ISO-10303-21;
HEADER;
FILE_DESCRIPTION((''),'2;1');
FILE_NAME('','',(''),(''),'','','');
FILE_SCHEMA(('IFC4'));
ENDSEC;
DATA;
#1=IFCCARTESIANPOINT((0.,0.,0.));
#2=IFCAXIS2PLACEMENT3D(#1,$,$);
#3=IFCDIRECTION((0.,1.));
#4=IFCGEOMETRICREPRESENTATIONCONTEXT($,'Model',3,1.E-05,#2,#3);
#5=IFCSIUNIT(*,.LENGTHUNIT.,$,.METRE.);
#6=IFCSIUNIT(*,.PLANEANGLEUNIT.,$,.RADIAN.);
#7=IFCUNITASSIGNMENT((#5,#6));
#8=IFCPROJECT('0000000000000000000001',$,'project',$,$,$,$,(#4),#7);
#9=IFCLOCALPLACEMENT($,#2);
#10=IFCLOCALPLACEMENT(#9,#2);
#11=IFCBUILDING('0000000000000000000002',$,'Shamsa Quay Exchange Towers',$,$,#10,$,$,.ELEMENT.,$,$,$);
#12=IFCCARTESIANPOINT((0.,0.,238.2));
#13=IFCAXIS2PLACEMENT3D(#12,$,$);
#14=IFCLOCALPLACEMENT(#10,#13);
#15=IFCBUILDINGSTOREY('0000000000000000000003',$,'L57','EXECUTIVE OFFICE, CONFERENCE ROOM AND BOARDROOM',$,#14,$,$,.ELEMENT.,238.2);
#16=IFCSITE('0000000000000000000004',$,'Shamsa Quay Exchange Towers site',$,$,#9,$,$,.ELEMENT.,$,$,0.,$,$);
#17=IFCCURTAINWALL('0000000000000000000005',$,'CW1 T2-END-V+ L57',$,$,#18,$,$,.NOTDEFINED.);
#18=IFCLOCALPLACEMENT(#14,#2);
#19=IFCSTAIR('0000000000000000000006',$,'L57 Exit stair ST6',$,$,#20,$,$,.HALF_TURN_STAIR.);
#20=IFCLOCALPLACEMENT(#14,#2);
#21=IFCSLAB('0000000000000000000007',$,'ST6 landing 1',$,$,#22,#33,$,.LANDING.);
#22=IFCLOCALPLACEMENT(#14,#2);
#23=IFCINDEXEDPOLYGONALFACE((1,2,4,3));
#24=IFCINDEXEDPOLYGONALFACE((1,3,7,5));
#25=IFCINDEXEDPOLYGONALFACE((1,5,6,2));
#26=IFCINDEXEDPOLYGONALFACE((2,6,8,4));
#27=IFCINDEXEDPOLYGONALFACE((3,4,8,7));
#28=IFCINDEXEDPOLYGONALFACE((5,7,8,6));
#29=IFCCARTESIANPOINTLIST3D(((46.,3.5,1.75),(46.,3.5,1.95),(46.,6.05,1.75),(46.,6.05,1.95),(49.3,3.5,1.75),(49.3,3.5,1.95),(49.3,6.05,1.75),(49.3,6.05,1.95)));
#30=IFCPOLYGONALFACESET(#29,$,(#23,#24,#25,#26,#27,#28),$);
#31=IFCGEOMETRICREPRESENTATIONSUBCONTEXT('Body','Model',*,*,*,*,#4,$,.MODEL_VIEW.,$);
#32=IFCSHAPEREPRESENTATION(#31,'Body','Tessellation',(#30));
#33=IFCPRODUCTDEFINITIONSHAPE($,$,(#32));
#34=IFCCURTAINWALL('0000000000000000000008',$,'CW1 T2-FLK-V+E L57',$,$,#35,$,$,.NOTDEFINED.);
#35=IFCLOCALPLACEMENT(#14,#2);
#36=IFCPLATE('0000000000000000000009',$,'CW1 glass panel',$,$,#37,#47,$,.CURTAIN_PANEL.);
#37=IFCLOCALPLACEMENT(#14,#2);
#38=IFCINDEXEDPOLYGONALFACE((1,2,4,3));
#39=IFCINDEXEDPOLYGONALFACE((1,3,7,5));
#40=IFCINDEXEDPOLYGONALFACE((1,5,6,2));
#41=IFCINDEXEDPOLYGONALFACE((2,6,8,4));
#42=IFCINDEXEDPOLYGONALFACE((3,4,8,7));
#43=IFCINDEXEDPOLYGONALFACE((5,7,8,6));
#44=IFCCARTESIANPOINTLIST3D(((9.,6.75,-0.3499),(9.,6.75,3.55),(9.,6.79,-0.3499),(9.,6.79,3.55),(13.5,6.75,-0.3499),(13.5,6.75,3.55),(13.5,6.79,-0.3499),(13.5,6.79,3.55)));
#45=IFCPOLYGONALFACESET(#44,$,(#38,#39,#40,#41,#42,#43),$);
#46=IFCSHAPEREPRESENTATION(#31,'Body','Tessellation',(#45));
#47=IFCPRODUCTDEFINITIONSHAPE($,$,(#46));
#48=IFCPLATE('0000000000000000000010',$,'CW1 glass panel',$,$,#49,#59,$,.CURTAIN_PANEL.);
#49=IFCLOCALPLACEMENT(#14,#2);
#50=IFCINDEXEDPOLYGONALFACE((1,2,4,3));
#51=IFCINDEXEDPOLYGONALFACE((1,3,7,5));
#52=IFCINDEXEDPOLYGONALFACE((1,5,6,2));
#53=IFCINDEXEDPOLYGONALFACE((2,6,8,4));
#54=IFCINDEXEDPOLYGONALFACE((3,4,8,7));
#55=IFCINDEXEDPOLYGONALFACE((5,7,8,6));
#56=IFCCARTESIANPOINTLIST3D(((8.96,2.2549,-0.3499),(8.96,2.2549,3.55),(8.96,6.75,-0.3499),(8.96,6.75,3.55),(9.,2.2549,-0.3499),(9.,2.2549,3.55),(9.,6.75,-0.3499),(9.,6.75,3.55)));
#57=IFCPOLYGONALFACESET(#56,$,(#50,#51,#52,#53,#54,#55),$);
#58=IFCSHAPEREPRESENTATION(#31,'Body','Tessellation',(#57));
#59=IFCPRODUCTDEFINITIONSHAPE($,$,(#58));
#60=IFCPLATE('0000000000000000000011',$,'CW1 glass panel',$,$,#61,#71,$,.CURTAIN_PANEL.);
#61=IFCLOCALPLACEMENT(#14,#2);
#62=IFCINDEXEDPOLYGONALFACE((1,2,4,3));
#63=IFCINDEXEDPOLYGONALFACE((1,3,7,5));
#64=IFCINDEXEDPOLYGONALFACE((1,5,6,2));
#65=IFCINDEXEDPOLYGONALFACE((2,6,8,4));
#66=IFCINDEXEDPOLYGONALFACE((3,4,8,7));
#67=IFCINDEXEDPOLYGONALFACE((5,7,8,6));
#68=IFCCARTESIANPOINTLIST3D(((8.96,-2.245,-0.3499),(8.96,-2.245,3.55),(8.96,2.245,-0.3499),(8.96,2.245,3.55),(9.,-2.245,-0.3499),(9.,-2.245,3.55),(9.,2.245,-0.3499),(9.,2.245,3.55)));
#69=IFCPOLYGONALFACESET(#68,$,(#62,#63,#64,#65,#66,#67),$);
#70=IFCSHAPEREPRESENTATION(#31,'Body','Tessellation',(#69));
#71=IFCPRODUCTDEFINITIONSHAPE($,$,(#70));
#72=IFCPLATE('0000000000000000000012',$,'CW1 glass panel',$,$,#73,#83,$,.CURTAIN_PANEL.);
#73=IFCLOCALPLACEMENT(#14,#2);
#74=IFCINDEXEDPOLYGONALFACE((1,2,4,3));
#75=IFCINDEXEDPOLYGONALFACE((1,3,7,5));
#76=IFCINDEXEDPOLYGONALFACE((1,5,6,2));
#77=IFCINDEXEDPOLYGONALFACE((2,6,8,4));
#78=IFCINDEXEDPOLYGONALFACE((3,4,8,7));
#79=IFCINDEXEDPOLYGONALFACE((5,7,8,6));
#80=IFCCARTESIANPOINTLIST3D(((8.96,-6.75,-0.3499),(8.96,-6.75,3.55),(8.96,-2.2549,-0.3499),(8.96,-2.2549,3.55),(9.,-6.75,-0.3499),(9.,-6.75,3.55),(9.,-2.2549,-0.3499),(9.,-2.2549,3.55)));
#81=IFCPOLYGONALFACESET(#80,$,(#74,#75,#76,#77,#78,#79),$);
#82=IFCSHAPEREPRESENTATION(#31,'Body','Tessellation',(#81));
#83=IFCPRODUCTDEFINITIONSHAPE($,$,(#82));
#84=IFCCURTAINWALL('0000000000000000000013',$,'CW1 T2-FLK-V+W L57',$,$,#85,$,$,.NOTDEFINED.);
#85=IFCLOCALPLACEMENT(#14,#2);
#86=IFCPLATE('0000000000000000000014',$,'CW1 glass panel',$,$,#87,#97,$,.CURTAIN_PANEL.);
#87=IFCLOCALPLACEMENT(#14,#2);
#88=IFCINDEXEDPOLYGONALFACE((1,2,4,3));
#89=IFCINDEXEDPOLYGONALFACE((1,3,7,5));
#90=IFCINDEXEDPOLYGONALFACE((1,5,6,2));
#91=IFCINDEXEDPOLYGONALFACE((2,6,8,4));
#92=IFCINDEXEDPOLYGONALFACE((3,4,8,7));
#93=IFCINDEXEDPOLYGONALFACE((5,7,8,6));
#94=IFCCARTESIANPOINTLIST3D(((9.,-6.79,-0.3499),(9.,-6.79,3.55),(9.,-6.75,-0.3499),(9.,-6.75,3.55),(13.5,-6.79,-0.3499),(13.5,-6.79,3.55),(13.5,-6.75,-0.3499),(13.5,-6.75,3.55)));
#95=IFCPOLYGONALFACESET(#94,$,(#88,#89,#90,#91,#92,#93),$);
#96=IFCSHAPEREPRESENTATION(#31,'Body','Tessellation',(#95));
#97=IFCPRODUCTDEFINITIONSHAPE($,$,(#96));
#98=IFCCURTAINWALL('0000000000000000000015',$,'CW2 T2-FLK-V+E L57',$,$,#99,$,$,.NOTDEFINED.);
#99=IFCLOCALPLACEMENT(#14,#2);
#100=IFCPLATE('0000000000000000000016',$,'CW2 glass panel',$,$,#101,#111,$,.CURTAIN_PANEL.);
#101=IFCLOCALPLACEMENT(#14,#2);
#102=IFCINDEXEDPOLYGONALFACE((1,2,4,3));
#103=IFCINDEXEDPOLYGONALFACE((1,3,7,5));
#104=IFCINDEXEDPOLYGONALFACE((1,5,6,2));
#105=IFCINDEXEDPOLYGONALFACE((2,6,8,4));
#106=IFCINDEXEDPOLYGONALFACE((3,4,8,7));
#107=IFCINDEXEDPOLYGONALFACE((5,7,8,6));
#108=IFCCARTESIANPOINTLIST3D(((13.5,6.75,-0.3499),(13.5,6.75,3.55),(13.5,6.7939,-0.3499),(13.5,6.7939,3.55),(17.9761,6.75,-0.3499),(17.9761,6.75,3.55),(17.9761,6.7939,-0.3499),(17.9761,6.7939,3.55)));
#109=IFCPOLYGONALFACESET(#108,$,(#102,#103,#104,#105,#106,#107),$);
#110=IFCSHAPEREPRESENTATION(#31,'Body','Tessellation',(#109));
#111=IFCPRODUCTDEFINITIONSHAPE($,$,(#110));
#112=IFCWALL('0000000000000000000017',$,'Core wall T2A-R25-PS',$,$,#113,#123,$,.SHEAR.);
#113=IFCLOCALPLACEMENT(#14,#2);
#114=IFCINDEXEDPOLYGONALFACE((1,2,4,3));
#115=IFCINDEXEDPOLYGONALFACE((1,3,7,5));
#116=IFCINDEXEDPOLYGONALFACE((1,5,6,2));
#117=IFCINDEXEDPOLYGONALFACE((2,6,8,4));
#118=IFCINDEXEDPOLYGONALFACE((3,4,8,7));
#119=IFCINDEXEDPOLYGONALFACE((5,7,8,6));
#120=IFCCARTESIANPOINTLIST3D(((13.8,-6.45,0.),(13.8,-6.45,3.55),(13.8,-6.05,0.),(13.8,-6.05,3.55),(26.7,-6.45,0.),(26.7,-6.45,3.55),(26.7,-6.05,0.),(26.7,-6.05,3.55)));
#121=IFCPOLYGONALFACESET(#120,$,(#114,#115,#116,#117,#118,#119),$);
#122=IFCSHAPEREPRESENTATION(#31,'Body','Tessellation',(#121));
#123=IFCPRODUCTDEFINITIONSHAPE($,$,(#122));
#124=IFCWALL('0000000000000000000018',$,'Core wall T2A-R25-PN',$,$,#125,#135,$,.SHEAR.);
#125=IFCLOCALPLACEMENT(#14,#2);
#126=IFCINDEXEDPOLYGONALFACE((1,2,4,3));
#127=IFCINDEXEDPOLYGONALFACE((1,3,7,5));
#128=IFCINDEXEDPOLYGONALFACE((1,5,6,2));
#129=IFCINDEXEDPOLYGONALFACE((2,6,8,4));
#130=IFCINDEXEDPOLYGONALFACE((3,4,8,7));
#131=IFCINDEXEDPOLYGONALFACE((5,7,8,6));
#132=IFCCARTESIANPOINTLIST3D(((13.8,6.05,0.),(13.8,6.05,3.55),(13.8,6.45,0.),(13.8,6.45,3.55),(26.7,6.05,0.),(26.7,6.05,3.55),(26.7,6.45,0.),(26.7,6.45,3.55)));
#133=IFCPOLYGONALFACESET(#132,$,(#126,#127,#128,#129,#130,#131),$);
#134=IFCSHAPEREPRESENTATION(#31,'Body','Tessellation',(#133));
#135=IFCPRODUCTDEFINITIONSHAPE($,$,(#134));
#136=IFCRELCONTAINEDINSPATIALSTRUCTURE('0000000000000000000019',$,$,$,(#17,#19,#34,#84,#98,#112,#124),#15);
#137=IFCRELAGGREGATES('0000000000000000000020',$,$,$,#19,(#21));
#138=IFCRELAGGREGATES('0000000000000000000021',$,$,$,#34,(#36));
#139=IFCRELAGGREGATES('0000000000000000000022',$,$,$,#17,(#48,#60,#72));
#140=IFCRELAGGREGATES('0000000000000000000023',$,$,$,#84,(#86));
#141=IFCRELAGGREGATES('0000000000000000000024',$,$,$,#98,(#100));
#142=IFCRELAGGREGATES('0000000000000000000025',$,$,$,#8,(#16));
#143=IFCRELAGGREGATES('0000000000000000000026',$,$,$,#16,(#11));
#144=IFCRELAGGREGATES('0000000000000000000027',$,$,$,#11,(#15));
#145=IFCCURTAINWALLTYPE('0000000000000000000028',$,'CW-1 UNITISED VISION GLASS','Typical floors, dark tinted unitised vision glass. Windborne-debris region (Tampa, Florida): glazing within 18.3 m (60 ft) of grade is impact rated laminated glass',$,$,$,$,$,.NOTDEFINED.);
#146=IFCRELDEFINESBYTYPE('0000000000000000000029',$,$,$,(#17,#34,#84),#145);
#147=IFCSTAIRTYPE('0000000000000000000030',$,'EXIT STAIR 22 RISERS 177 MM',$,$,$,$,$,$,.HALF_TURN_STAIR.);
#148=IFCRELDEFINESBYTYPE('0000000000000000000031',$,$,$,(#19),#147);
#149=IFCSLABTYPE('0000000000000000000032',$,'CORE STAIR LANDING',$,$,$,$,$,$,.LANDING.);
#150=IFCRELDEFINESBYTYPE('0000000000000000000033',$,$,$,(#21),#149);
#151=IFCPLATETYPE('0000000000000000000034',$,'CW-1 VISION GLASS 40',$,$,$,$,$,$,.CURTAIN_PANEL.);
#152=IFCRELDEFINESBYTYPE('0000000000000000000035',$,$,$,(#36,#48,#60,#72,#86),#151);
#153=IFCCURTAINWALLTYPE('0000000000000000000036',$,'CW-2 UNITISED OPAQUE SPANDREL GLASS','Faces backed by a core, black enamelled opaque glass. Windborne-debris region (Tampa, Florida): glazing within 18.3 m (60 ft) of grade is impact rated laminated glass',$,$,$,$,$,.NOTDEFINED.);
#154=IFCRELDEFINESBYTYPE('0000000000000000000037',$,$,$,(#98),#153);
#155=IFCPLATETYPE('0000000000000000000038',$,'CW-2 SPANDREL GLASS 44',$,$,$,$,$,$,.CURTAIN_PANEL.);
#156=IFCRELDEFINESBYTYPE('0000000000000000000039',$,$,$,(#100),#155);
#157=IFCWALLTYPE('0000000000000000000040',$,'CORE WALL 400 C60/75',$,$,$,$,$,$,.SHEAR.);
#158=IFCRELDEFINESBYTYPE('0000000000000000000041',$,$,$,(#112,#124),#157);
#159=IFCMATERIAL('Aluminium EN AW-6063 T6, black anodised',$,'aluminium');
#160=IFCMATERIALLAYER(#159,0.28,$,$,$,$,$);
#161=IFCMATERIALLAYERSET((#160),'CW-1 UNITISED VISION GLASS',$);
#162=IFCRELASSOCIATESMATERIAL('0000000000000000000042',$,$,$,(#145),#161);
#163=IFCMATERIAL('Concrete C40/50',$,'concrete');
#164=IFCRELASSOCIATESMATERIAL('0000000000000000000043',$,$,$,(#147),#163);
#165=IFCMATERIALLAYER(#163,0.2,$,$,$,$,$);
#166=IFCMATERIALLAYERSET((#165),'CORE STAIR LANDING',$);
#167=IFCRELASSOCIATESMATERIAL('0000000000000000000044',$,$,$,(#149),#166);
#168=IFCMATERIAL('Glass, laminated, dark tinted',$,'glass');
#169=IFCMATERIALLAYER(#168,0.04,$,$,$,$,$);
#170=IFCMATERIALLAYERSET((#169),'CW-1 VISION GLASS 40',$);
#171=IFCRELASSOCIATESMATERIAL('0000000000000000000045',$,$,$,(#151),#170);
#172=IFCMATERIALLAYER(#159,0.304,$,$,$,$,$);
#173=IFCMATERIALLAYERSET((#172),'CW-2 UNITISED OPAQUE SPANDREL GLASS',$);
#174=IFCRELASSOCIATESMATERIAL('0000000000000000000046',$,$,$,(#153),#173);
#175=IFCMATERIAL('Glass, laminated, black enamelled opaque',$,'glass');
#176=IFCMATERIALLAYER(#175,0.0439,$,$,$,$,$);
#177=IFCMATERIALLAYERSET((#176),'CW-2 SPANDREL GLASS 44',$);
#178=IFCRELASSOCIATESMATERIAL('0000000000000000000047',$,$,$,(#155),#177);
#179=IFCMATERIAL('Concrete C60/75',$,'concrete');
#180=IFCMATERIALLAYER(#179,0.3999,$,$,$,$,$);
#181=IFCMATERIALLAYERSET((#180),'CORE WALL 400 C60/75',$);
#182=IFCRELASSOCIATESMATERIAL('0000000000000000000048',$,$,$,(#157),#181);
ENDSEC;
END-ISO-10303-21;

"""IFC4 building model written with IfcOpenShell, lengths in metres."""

from ifc_helpers import new_model, si_unit, direction, frame, frame_2d, origin, origin_2d, place, context, subcontext, project, spatial, polyline, rectangle, outline, extrude, material, layer, layer_set, type_object, element, aggregate, save


model = new_model("IFC4")

# Units and contexts
model_context = context("Model", 3, precision=1e-05, world=origin(), true_north=direction((0.0, 1.0)))
body_context = subcontext(model_context, "Body", "Model", "MODEL_VIEW")
ifc_project = project(units=[si_unit("LENGTHUNIT", "METRE"), si_unit("PLANEANGLEUNIT", "RADIAN")], contexts=[model_context])

# Site, building, storey
site_placement = place(None, origin())
site = spatial("IfcSite", under=ifc_project, at=site_placement, Name="Shamsa Quay Exchange Towers site", CompositionType="ELEMENT", RefElevation=0.0)
building_placement = place(site_placement, origin())
building = spatial("IfcBuilding", under=site, at=building_placement, Name="Shamsa Quay Exchange Towers", CompositionType="ELEMENT")
storey_placement = place(building_placement, frame((0.0, 0.0, 238.2)))
storey = spatial("IfcBuildingStorey", under=building, at=storey_placement, Name="L57", Description="EXECUTIVE OFFICE, CONFERENCE ROOM AND BOARDROOM", CompositionType="ELEMENT", Elevation=238.2)

# Curtain wall
ifc_material_1 = material(Name="Aluminium EN AW-6063 T6, black anodised", Category="aluminium")
ifc_layer_1 = layer(ifc_material_1, 0.28)
ifc_layer_set_1 = layer_set([ifc_layer_1], Name="CW-1 UNITISED VISION GLASS")
curtain_wall_type_1 = type_object("IfcCurtainWallType", Name="CW-1 UNITISED VISION GLASS", Description="Typical floors, dark tinted unitised vision glass. Windborne-debris region (Tampa, Florida): glazing within 18.3 m (60 ft) of grade is impact rated laminated glass", PredefinedType="NOTDEFINED", material=ifc_layer_set_1)
curtain_wall_1_placement = place(storey_placement, origin())
curtain_wall_1 = element("IfcCurtainWall", 1, at=curtain_wall_1_placement, inside=storey, type_object=curtain_wall_type_1, Name="CW1 T2-END-V+ L57", PredefinedType="NOTDEFINED")

# Stair, slab
ifc_material_2 = material(Name="Concrete C40/50", Category="concrete")
stair_type = type_object("IfcStairType", Name="EXIT STAIR 22 RISERS 177 MM", PredefinedType="HALF_TURN_STAIR", material=ifc_material_2)
ifc_layer_2 = layer(ifc_material_2, 0.2)
ifc_layer_set_2 = layer_set([ifc_layer_2], Name="CORE STAIR LANDING")
slab_type_1 = type_object("IfcSlabType", Name="CORE STAIR LANDING", PredefinedType="LANDING", material=ifc_layer_set_2)
stair_1_placement = place(storey_placement, origin())
stair_1 = element("IfcStair", 2, at=stair_1_placement, inside=storey, type_object=stair_type, Name="L57 Exit stair ST6", PredefinedType="HALF_TURN_STAIR")
slab_1_placement = place(storey_placement, frame((0.0, 0.0, 1.75)))
slab_1 = element("IfcSlab", 3, at=slab_1_placement, type_object=slab_type_1, Name="ST6 landing 1", PredefinedType="LANDING", context=body_context, shape_type="SweptSolid", body=[
    extrude(outline(polyline([(49.3, 6.05), (46.0, 6.05), (46.0, 3.5), (49.3, 3.5), (49.3, 6.05)])), origin(), (0.0, 0.0, 1.0), 0.2),
])
aggregate(stair_1, [slab_1])

# Curtain wall, plate
curtain_wall_2_placement = place(storey_placement, origin())
curtain_wall_2 = element("IfcCurtainWall", 4, at=curtain_wall_2_placement, inside=storey, type_object=curtain_wall_type_1, Name="CW1 T2-FLK-V+E L57", PredefinedType="NOTDEFINED")
ifc_material_3 = material(Name="Glass, laminated, dark tinted", Category="glass")
ifc_layer_3 = layer(ifc_material_3, 0.04)
ifc_layer_set_3 = layer_set([ifc_layer_3], Name="CW-1 VISION GLASS 40")
plate_type_1 = type_object("IfcPlateType", Name="CW-1 VISION GLASS 40", PredefinedType="CURTAIN_PANEL", material=ifc_layer_set_3)
plate_1_placement = place(storey_placement, frame((11.25, 6.77, -0.3499), z_axis=(0.0, 0.0, 1.0), x_axis=(-1.0, 0.0, 0.0)))
plate_1 = element("IfcPlate", 5, at=plate_1_placement, type_object=plate_type_1, Name="CW1 glass panel", PredefinedType="CURTAIN_PANEL", context=body_context, shape_type="SweptSolid", body=[
    extrude(rectangle(XDim=4.5, YDim=0.04, at=origin_2d()), origin(), (0.0, 0.0, 1.0), 3.8999),
])
aggregate(curtain_wall_2, [plate_1])

# Plates
plate_2_placement = place(storey_placement, frame((8.98, 4.5024, -0.3499), z_axis=(0.0, 0.0, 1.0), x_axis=(0.0, -1.0, 0.0)))
plate_2 = element("IfcPlate", 6, at=plate_2_placement, type_object=plate_type_1, Name="CW1 glass panel", PredefinedType="CURTAIN_PANEL", context=body_context, shape_type="SweptSolid", body=[
    extrude(rectangle(XDim=4.4951, YDim=0.04, at=origin_2d()), origin(), (0.0, 0.0, 1.0), 3.8999),
])
plate_3_placement = place(storey_placement, frame((8.98, 0.0, -0.3499), z_axis=(0.0, 0.0, 1.0), x_axis=(0.0, -1.0, 0.0)))
plate_3 = element("IfcPlate", 7, at=plate_3_placement, type_object=plate_type_1, Name="CW1 glass panel", PredefinedType="CURTAIN_PANEL", context=body_context, shape_type="SweptSolid", body=[
    extrude(rectangle(XDim=4.49, YDim=0.04, at=origin_2d()), origin(), (0.0, 0.0, 1.0), 3.8999),
])
plate_4_placement = place(storey_placement, frame((8.98, -4.5024, -0.3499), z_axis=(0.0, 0.0, 1.0), x_axis=(0.0, -1.0, 0.0)))
plate_4 = element("IfcPlate", 8, at=plate_4_placement, type_object=plate_type_1, Name="CW1 glass panel", PredefinedType="CURTAIN_PANEL", context=body_context, shape_type="SweptSolid", body=[
    extrude(rectangle(XDim=4.4951, YDim=0.04, at=origin_2d()), origin(), (0.0, 0.0, 1.0), 3.8999),
])
aggregate(curtain_wall_1, [plate_2, plate_3, plate_4])

# Curtain walls, plates
curtain_wall_3_placement = place(storey_placement, origin())
curtain_wall_3 = element("IfcCurtainWall", 9, at=curtain_wall_3_placement, inside=storey, type_object=curtain_wall_type_1, Name="CW1 T2-FLK-V+W L57", PredefinedType="NOTDEFINED")
plate_5_placement = place(storey_placement, frame((11.25, -6.77, -0.3499)))
plate_5 = element("IfcPlate", 10, at=plate_5_placement, type_object=plate_type_1, Name="CW1 glass panel", PredefinedType="CURTAIN_PANEL", context=body_context, shape_type="SweptSolid", body=[
    extrude(rectangle(XDim=4.5, YDim=0.04, at=origin_2d()), origin(), (0.0, 0.0, 1.0), 3.8999),
])
aggregate(curtain_wall_3, [plate_5])
ifc_layer_4 = layer(ifc_material_1, 0.304)
ifc_layer_set_4 = layer_set([ifc_layer_4], Name="CW-2 UNITISED OPAQUE SPANDREL GLASS")
curtain_wall_type_2 = type_object("IfcCurtainWallType", Name="CW-2 UNITISED OPAQUE SPANDREL GLASS", Description="Faces backed by a core, black enamelled opaque glass. Windborne-debris region (Tampa, Florida): glazing within 18.3 m (60 ft) of grade is impact rated laminated glass", PredefinedType="NOTDEFINED", material=ifc_layer_set_4)
curtain_wall_4_placement = place(storey_placement, origin())
curtain_wall_4 = element("IfcCurtainWall", 11, at=curtain_wall_4_placement, inside=storey, type_object=curtain_wall_type_2, Name="CW2 T2-FLK-V+E L57", PredefinedType="NOTDEFINED")
ifc_material_4 = material(Name="Glass, laminated, black enamelled opaque", Category="glass")
ifc_layer_5 = layer(ifc_material_4, 0.0439)
ifc_layer_set_5 = layer_set([ifc_layer_5], Name="CW-2 SPANDREL GLASS 44")
plate_type_2 = type_object("IfcPlateType", Name="CW-2 SPANDREL GLASS 44", PredefinedType="CURTAIN_PANEL", material=ifc_layer_set_5)
plate_6_placement = place(storey_placement, frame((15.738, 6.772, -0.3499), z_axis=(0.0, 0.0, 1.0), x_axis=(-1.0, 0.0, 0.0)))
plate_6 = element("IfcPlate", 12, at=plate_6_placement, type_object=plate_type_2, Name="CW2 glass panel", PredefinedType="CURTAIN_PANEL", context=body_context, shape_type="SweptSolid", body=[
    extrude(rectangle(XDim=4.4761, YDim=0.0439, at=origin_2d()), origin(), (0.0, 0.0, 1.0), 3.8999),
])
aggregate(curtain_wall_4, [plate_6])

# Walls
ifc_material_5 = material(Name="Concrete C60/75", Category="concrete")
ifc_layer_6 = layer(ifc_material_5, 0.3999)
ifc_layer_set_6 = layer_set([ifc_layer_6], Name="CORE WALL 400 C60/75")
wall_type_1 = type_object("IfcWallType", Name="CORE WALL 400 C60/75", PredefinedType="SHEAR", material=ifc_layer_set_6)
for number, where, name in (
    (13, (13.8, -6.25, 0.0), "Core wall T2A-R25-PS"),
    (14, (13.8, 6.25, 0.0), "Core wall T2A-R25-PN"),
):
    element("IfcWall", number, at=place(storey_placement, frame(where)), inside=storey, type_object=wall_type_1, Name=name, PredefinedType="SHEAR", context=body_context, shape_type="SweptSolid", body=[
        extrude(rectangle(XDim=12.8999, YDim=0.3999, at=frame_2d((6.45, 0.0))), origin(), (0.0, 0.0, 1.0), 3.55),
    ])

save(model, "model.ifc")
